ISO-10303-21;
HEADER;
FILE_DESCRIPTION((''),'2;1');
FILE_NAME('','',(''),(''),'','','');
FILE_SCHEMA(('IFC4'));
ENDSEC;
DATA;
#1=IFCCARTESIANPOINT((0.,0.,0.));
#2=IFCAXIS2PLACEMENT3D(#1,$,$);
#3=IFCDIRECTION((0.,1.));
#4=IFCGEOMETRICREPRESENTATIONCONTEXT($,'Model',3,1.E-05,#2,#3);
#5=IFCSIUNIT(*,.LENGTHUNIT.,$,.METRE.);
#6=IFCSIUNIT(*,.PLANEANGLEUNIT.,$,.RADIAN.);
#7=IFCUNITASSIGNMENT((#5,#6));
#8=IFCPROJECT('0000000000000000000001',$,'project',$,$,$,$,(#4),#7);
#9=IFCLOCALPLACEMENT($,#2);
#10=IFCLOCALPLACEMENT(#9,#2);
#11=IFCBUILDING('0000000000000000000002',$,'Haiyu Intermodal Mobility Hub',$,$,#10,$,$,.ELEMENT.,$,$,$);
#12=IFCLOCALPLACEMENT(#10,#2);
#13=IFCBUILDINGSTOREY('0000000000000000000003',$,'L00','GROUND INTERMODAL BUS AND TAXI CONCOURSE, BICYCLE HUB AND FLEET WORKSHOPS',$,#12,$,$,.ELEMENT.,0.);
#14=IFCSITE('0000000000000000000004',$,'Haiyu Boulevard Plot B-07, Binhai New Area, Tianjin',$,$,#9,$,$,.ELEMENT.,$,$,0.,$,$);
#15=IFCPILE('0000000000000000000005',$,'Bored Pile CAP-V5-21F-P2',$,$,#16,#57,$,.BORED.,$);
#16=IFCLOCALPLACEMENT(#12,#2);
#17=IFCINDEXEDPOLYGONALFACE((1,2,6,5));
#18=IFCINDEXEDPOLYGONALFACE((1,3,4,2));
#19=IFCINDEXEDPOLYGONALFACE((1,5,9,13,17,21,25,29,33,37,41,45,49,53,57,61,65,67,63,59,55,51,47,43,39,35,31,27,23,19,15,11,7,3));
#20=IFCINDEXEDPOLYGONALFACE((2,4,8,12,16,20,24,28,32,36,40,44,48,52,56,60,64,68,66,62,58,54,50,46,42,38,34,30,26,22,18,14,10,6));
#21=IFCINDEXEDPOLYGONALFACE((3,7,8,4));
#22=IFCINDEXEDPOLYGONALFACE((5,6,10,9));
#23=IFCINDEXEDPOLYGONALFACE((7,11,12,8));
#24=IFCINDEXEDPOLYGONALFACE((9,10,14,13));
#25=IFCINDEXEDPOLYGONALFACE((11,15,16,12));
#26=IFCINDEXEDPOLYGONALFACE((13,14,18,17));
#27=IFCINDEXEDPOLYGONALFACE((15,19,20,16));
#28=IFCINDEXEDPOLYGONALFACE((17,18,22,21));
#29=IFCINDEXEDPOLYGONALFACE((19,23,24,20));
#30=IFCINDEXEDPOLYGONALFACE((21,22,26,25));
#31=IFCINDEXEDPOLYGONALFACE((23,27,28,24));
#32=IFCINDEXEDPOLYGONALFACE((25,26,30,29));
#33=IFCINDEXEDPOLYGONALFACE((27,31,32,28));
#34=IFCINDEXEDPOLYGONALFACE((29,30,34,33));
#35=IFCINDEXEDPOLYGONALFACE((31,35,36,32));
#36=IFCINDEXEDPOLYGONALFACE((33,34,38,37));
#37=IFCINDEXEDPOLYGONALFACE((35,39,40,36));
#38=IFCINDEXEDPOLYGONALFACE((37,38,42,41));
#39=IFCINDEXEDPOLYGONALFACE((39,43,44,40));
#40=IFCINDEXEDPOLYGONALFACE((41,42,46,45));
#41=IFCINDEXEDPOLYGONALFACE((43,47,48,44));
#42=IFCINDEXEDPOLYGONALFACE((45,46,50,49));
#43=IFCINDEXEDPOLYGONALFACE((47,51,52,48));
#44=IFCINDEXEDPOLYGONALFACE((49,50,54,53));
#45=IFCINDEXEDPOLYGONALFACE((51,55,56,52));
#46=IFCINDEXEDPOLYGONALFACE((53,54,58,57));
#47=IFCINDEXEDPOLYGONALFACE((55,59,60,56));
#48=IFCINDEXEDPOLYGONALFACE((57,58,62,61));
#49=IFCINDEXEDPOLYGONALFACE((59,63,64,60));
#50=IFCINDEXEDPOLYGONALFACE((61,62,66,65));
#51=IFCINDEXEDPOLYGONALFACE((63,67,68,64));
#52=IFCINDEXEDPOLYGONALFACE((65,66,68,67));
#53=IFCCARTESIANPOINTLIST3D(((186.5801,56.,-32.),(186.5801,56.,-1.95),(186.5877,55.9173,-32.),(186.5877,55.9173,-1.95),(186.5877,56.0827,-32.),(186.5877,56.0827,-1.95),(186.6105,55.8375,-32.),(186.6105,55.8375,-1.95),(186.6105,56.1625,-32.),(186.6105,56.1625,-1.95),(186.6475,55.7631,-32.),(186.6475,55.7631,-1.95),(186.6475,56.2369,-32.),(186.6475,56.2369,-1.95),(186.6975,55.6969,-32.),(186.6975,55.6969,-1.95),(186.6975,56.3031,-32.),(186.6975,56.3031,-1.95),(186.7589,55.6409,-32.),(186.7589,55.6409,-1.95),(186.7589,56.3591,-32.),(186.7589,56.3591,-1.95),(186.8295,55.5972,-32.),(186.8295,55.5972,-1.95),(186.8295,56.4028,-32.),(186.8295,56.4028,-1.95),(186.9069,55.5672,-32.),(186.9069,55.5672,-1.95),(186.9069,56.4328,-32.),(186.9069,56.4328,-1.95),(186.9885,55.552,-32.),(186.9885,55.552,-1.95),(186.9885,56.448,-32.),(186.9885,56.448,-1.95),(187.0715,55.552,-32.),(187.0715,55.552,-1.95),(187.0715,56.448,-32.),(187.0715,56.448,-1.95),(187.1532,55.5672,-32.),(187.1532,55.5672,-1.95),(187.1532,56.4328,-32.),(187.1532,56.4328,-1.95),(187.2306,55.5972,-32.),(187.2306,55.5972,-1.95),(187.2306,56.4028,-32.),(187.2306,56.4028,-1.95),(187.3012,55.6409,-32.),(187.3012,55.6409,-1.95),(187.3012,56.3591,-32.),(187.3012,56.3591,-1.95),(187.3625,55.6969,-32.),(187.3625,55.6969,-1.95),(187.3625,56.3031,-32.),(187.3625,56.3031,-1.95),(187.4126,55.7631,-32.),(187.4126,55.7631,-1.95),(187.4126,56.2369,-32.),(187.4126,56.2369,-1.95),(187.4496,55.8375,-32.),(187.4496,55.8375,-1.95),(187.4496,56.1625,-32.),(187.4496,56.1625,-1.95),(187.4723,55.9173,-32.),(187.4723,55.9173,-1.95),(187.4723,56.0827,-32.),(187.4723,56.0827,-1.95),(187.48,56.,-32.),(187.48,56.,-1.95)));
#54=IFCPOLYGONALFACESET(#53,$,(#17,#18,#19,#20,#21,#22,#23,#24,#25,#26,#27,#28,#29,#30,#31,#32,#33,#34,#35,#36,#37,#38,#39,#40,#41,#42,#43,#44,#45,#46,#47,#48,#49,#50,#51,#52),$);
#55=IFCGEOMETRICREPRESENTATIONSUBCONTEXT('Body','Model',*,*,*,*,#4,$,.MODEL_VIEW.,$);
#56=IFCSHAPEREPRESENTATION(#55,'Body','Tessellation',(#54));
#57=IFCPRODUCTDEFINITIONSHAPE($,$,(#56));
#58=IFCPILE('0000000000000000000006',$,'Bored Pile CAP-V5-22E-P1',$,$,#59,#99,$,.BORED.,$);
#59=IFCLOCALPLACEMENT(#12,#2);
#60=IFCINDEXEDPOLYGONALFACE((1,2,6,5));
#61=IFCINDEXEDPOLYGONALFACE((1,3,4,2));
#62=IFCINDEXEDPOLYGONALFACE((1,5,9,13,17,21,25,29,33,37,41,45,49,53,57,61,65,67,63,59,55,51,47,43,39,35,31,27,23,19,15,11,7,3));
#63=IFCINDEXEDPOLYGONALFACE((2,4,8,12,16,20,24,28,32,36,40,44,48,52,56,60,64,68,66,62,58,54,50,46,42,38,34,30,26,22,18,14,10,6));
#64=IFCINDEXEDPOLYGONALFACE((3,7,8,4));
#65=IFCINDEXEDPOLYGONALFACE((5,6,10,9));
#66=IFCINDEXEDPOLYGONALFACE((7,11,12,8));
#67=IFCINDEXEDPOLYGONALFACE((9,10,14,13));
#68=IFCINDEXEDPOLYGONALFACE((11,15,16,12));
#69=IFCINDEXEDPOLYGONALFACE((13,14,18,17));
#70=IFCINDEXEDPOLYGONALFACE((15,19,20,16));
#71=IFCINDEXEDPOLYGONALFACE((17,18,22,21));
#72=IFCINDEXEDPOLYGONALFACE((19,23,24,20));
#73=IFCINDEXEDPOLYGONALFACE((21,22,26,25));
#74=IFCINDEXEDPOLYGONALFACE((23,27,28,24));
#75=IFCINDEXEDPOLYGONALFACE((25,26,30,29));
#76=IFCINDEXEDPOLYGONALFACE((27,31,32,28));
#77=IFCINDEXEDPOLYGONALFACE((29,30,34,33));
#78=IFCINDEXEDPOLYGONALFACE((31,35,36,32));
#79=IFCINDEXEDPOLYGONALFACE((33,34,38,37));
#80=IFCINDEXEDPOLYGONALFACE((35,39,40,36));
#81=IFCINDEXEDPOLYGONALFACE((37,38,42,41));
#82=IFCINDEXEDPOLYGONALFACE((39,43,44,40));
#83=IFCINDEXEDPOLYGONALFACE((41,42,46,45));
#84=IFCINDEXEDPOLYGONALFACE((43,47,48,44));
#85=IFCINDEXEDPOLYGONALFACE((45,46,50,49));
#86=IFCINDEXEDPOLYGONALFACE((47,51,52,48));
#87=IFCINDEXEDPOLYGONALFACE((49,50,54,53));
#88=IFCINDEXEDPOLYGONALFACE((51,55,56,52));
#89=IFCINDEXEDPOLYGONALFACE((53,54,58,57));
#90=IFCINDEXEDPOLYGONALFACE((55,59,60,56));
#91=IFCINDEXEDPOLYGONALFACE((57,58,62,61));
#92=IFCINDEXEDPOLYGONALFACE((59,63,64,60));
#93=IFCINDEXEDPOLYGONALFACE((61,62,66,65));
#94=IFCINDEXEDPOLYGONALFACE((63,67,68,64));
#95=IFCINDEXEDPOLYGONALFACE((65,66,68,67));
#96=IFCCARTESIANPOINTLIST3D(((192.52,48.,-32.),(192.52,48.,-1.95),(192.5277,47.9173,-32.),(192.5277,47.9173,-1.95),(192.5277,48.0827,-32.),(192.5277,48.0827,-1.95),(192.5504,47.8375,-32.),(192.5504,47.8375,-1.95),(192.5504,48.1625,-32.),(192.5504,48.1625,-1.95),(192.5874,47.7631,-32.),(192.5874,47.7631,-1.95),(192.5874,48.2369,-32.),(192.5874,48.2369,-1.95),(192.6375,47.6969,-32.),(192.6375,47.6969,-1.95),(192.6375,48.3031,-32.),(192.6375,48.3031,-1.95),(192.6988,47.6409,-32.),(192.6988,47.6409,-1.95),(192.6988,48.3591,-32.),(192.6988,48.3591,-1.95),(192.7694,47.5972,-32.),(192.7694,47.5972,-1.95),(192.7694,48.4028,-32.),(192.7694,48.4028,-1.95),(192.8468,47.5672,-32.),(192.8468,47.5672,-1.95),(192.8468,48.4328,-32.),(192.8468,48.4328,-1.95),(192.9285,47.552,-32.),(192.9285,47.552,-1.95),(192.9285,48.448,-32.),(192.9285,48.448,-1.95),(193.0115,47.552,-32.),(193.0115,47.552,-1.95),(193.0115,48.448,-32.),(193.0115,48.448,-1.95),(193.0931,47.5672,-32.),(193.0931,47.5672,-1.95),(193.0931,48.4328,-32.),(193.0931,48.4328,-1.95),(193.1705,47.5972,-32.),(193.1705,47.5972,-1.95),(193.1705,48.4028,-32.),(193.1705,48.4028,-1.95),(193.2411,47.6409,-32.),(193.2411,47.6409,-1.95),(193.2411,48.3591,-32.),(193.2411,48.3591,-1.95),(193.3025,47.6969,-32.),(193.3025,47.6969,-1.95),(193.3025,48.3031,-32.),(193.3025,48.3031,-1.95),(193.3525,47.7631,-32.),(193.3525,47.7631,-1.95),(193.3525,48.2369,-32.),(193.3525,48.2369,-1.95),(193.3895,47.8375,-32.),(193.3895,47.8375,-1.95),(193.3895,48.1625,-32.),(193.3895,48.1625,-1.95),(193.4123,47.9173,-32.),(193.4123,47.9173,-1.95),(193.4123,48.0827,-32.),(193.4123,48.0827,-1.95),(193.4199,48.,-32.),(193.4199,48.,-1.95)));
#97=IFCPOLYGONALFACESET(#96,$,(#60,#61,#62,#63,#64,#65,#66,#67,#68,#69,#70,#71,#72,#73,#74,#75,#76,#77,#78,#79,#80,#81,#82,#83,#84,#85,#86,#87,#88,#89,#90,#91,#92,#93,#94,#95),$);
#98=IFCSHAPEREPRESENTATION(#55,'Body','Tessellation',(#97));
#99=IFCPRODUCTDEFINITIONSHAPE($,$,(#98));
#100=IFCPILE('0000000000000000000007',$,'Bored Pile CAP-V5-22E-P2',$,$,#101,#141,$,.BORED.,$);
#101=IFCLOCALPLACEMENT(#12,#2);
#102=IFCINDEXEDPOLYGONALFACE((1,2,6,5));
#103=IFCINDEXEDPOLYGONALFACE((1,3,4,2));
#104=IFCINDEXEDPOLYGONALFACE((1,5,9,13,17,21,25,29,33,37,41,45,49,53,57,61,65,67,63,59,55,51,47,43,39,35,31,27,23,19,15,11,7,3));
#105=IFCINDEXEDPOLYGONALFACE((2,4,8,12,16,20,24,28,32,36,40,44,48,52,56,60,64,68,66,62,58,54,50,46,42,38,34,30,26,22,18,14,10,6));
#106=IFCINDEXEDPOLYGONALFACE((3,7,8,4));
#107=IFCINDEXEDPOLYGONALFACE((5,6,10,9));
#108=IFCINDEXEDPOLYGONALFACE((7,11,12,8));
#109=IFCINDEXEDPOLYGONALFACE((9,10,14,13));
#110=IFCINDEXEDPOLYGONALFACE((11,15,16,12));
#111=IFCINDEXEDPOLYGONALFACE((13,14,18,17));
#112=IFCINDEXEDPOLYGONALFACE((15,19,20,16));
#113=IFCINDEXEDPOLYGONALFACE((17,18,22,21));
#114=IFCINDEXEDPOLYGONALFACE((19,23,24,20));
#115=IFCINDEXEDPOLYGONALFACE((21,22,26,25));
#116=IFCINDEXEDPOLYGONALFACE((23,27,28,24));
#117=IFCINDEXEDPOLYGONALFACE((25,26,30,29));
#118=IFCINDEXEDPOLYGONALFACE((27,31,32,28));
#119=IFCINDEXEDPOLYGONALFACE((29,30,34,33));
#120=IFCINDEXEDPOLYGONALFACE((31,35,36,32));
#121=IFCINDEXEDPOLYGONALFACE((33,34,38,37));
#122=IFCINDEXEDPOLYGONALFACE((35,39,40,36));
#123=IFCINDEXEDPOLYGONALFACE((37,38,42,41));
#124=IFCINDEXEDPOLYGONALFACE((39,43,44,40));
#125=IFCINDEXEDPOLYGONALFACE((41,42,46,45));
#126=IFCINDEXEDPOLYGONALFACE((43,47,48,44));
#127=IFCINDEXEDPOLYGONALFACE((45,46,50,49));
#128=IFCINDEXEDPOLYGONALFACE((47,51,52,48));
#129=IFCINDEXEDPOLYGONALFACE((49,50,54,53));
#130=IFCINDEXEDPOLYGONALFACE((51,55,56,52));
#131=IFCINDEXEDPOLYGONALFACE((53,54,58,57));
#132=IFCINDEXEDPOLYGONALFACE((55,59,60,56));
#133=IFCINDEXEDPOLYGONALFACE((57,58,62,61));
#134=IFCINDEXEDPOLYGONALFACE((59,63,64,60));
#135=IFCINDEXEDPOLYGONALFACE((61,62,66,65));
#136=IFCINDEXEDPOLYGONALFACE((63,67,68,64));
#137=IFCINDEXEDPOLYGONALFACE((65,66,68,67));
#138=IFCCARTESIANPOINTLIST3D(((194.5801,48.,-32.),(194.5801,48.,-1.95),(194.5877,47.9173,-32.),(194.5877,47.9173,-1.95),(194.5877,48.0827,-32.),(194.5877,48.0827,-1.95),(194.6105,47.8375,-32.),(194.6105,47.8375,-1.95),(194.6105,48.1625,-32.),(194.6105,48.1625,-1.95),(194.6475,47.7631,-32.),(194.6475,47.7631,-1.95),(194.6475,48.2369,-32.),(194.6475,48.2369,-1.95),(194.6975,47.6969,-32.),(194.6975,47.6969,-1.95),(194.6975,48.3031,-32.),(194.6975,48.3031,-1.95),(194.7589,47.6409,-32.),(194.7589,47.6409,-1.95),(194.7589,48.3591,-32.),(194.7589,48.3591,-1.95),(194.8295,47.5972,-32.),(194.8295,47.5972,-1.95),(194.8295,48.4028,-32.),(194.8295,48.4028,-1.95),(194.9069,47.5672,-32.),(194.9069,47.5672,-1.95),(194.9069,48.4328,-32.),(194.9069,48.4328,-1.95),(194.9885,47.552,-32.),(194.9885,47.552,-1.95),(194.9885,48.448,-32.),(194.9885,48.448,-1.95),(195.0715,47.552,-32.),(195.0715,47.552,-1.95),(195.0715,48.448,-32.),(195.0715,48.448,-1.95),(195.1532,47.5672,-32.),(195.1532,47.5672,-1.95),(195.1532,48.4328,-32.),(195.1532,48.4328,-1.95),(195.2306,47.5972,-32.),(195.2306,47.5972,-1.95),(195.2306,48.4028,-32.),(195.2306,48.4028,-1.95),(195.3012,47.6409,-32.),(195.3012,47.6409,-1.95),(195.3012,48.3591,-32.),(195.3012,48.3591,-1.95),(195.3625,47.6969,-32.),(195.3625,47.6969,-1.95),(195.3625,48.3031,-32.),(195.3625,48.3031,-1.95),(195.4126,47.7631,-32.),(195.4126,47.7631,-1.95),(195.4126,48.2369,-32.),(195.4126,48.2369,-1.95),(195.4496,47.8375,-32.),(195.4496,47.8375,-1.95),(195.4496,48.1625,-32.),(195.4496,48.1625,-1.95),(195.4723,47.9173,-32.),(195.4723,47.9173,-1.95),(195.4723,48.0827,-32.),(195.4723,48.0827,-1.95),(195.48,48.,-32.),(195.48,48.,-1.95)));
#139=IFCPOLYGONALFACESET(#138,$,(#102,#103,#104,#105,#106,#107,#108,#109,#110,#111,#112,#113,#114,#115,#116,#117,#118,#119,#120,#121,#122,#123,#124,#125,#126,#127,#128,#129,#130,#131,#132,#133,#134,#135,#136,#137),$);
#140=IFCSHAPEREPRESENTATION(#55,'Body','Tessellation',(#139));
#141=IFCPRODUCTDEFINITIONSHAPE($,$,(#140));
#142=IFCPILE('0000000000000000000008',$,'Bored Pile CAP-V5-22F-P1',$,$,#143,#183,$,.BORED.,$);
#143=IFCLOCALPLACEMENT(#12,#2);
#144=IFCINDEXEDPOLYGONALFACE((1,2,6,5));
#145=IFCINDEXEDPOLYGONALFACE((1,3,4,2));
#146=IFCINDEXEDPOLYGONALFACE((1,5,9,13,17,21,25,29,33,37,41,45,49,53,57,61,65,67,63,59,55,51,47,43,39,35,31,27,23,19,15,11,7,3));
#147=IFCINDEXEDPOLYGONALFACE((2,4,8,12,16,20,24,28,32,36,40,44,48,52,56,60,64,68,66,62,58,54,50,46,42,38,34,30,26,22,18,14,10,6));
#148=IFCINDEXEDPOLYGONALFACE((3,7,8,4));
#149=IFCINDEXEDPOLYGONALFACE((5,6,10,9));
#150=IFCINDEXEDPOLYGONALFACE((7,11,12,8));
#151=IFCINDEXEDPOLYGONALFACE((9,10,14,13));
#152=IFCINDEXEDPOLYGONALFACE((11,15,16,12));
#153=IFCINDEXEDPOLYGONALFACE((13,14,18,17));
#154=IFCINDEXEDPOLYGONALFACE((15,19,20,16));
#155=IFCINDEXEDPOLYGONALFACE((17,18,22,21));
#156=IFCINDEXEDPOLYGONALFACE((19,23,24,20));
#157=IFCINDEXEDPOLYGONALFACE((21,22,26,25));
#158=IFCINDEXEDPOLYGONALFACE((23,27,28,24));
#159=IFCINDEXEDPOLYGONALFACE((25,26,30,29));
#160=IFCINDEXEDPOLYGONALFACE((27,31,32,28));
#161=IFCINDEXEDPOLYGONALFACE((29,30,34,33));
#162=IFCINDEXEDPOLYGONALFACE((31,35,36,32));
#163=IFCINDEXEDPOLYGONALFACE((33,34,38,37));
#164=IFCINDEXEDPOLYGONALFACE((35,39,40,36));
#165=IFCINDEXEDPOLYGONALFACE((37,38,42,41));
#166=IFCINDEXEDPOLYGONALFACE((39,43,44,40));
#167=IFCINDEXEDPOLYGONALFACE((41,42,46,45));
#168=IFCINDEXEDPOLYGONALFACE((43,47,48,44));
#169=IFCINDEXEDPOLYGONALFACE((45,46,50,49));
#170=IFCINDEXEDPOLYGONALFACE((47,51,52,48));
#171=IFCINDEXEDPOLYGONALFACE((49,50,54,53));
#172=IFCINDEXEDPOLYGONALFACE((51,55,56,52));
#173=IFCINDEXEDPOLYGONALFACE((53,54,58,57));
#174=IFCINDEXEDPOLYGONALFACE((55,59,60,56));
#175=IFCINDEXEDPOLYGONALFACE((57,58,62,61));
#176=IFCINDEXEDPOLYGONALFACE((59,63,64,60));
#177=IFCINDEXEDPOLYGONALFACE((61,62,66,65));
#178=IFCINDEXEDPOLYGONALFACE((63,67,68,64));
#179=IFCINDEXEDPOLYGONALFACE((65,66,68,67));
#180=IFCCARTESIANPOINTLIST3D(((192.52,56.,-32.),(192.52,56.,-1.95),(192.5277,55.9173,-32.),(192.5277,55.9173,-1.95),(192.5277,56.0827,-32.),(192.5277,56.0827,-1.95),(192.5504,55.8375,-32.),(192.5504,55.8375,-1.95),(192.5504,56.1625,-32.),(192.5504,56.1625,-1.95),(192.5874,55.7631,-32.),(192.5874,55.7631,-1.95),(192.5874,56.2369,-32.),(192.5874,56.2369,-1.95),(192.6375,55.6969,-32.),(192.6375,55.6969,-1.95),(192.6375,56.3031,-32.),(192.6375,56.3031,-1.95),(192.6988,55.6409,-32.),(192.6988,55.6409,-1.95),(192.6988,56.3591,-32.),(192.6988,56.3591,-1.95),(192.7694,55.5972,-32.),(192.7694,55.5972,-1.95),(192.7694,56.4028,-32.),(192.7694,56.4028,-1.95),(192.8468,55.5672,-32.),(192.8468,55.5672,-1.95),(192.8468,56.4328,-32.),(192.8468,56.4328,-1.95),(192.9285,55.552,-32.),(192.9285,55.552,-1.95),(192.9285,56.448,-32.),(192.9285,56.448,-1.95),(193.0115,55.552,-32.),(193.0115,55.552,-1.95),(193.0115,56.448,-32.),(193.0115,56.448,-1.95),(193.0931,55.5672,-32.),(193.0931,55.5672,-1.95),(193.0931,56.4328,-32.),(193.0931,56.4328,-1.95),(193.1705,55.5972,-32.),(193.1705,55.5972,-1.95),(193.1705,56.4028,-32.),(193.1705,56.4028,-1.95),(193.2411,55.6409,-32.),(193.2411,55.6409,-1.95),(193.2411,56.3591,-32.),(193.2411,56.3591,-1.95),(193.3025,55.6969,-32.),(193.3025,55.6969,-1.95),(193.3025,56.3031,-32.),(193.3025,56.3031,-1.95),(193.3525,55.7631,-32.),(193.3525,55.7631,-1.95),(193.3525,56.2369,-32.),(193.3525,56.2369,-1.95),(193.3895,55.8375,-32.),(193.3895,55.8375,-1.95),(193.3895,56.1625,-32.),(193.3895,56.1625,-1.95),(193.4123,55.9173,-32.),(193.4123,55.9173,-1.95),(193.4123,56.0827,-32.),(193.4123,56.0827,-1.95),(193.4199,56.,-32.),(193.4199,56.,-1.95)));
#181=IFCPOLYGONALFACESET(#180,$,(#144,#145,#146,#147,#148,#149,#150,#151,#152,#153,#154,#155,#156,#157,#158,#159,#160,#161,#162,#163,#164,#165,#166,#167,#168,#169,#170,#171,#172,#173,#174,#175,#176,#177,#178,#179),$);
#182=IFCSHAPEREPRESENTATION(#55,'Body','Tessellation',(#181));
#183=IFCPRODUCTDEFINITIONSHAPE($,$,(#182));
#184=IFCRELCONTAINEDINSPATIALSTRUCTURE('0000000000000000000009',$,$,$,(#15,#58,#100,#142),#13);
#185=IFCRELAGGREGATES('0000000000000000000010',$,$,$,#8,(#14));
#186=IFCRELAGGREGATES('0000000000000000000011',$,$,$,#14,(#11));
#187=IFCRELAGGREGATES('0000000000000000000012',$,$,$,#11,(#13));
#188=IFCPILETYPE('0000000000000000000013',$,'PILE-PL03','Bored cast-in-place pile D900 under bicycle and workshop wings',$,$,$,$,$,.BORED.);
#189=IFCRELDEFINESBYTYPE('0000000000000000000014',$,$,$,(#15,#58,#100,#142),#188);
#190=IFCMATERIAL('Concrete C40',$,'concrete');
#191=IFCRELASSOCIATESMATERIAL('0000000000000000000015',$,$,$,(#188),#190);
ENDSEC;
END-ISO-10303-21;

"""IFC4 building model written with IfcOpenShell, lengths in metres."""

from ifc_helpers import new_model, si_unit, direction, frame, origin, origin_2d, place, context, subcontext, project, spatial, circle, extrude, material, material_profile, profile_set, type_object, element, save


model = new_model("IFC4")

# Units and contexts
model_context = context("Model", 3, precision=1e-05, world=origin(), true_north=direction((0.0, 1.0)))
body_context = subcontext(model_context, "Body", "Model", "MODEL_VIEW")
ifc_project = project(units=[si_unit("LENGTHUNIT", "METRE"), si_unit("PLANEANGLEUNIT", "RADIAN")], contexts=[model_context])

# Site, building, storey
site_placement = place(None, origin())
site = spatial("IfcSite", under=ifc_project, at=site_placement, Name="Haiyu Boulevard Plot B-07, Binhai New Area, Tianjin", CompositionType="ELEMENT", RefElevation=0.0)
building_placement = place(site_placement, origin())
building = spatial("IfcBuilding", under=site, at=building_placement, Name="Haiyu Intermodal Mobility Hub", CompositionType="ELEMENT")
storey_placement = place(building_placement, origin())
storey = spatial("IfcBuildingStorey", under=building, at=storey_placement, Name="L00", Description="GROUND INTERMODAL BUS AND TAXI CONCOURSE, BICYCLE HUB AND FLEET WORKSHOPS", CompositionType="ELEMENT", Elevation=0.0)

# Shared definitions
ifc_material = material(Name="Concrete C40", Category="concrete")

# Piles
ifc_material_profile_1 = material_profile(ifc_material, circle(Radius=0.45, at=origin_2d()), Name="PILE-D900")
ifc_profile_set_1 = profile_set([ifc_material_profile_1], Name="Concrete C40")
pile_type = type_object("IfcPileType", Name="PILE-PL03", Description="Bored cast-in-place pile D900 under bicycle and workshop wings", PredefinedType="BORED", material=ifc_profile_set_1)
for number, where, z_axis, x_axis, name in (
    (1, (187.03, 56.0, -1.95), (0.0, 0.0, -1.0), (1.0, 0.0, 0.0), "Bored Pile CAP-V5-21F-P2"),
    (2, (192.97, 48.0, -1.95), (0.0, 0.0, -1.0), (1.0, 0.0, 0.0), "Bored Pile CAP-V5-22E-P1"),
    (3, (195.03, 48.0, -1.95), (0.0, 0.0, -1.0), (1.0, 0.0, 0.0), "Bored Pile CAP-V5-22E-P2"),
    (4, (192.97, 56.0, -1.95), (0.0, 0.0, -1.0), (1.0, 0.0, 0.0), "Bored Pile CAP-V5-22F-P1"),
):
    element("IfcPile", number, at=place(storey_placement, frame(where, z_axis=z_axis, x_axis=x_axis)), inside=storey, type_object=pile_type, Name=name, PredefinedType="BORED", context=body_context, shape_type="SweptSolid", body=[
        extrude(circle(Radius=0.45, at=origin_2d()), origin(), (0.0, 0.0, 1.0), 30.05),
    ])

save(model, "model.ifc")
